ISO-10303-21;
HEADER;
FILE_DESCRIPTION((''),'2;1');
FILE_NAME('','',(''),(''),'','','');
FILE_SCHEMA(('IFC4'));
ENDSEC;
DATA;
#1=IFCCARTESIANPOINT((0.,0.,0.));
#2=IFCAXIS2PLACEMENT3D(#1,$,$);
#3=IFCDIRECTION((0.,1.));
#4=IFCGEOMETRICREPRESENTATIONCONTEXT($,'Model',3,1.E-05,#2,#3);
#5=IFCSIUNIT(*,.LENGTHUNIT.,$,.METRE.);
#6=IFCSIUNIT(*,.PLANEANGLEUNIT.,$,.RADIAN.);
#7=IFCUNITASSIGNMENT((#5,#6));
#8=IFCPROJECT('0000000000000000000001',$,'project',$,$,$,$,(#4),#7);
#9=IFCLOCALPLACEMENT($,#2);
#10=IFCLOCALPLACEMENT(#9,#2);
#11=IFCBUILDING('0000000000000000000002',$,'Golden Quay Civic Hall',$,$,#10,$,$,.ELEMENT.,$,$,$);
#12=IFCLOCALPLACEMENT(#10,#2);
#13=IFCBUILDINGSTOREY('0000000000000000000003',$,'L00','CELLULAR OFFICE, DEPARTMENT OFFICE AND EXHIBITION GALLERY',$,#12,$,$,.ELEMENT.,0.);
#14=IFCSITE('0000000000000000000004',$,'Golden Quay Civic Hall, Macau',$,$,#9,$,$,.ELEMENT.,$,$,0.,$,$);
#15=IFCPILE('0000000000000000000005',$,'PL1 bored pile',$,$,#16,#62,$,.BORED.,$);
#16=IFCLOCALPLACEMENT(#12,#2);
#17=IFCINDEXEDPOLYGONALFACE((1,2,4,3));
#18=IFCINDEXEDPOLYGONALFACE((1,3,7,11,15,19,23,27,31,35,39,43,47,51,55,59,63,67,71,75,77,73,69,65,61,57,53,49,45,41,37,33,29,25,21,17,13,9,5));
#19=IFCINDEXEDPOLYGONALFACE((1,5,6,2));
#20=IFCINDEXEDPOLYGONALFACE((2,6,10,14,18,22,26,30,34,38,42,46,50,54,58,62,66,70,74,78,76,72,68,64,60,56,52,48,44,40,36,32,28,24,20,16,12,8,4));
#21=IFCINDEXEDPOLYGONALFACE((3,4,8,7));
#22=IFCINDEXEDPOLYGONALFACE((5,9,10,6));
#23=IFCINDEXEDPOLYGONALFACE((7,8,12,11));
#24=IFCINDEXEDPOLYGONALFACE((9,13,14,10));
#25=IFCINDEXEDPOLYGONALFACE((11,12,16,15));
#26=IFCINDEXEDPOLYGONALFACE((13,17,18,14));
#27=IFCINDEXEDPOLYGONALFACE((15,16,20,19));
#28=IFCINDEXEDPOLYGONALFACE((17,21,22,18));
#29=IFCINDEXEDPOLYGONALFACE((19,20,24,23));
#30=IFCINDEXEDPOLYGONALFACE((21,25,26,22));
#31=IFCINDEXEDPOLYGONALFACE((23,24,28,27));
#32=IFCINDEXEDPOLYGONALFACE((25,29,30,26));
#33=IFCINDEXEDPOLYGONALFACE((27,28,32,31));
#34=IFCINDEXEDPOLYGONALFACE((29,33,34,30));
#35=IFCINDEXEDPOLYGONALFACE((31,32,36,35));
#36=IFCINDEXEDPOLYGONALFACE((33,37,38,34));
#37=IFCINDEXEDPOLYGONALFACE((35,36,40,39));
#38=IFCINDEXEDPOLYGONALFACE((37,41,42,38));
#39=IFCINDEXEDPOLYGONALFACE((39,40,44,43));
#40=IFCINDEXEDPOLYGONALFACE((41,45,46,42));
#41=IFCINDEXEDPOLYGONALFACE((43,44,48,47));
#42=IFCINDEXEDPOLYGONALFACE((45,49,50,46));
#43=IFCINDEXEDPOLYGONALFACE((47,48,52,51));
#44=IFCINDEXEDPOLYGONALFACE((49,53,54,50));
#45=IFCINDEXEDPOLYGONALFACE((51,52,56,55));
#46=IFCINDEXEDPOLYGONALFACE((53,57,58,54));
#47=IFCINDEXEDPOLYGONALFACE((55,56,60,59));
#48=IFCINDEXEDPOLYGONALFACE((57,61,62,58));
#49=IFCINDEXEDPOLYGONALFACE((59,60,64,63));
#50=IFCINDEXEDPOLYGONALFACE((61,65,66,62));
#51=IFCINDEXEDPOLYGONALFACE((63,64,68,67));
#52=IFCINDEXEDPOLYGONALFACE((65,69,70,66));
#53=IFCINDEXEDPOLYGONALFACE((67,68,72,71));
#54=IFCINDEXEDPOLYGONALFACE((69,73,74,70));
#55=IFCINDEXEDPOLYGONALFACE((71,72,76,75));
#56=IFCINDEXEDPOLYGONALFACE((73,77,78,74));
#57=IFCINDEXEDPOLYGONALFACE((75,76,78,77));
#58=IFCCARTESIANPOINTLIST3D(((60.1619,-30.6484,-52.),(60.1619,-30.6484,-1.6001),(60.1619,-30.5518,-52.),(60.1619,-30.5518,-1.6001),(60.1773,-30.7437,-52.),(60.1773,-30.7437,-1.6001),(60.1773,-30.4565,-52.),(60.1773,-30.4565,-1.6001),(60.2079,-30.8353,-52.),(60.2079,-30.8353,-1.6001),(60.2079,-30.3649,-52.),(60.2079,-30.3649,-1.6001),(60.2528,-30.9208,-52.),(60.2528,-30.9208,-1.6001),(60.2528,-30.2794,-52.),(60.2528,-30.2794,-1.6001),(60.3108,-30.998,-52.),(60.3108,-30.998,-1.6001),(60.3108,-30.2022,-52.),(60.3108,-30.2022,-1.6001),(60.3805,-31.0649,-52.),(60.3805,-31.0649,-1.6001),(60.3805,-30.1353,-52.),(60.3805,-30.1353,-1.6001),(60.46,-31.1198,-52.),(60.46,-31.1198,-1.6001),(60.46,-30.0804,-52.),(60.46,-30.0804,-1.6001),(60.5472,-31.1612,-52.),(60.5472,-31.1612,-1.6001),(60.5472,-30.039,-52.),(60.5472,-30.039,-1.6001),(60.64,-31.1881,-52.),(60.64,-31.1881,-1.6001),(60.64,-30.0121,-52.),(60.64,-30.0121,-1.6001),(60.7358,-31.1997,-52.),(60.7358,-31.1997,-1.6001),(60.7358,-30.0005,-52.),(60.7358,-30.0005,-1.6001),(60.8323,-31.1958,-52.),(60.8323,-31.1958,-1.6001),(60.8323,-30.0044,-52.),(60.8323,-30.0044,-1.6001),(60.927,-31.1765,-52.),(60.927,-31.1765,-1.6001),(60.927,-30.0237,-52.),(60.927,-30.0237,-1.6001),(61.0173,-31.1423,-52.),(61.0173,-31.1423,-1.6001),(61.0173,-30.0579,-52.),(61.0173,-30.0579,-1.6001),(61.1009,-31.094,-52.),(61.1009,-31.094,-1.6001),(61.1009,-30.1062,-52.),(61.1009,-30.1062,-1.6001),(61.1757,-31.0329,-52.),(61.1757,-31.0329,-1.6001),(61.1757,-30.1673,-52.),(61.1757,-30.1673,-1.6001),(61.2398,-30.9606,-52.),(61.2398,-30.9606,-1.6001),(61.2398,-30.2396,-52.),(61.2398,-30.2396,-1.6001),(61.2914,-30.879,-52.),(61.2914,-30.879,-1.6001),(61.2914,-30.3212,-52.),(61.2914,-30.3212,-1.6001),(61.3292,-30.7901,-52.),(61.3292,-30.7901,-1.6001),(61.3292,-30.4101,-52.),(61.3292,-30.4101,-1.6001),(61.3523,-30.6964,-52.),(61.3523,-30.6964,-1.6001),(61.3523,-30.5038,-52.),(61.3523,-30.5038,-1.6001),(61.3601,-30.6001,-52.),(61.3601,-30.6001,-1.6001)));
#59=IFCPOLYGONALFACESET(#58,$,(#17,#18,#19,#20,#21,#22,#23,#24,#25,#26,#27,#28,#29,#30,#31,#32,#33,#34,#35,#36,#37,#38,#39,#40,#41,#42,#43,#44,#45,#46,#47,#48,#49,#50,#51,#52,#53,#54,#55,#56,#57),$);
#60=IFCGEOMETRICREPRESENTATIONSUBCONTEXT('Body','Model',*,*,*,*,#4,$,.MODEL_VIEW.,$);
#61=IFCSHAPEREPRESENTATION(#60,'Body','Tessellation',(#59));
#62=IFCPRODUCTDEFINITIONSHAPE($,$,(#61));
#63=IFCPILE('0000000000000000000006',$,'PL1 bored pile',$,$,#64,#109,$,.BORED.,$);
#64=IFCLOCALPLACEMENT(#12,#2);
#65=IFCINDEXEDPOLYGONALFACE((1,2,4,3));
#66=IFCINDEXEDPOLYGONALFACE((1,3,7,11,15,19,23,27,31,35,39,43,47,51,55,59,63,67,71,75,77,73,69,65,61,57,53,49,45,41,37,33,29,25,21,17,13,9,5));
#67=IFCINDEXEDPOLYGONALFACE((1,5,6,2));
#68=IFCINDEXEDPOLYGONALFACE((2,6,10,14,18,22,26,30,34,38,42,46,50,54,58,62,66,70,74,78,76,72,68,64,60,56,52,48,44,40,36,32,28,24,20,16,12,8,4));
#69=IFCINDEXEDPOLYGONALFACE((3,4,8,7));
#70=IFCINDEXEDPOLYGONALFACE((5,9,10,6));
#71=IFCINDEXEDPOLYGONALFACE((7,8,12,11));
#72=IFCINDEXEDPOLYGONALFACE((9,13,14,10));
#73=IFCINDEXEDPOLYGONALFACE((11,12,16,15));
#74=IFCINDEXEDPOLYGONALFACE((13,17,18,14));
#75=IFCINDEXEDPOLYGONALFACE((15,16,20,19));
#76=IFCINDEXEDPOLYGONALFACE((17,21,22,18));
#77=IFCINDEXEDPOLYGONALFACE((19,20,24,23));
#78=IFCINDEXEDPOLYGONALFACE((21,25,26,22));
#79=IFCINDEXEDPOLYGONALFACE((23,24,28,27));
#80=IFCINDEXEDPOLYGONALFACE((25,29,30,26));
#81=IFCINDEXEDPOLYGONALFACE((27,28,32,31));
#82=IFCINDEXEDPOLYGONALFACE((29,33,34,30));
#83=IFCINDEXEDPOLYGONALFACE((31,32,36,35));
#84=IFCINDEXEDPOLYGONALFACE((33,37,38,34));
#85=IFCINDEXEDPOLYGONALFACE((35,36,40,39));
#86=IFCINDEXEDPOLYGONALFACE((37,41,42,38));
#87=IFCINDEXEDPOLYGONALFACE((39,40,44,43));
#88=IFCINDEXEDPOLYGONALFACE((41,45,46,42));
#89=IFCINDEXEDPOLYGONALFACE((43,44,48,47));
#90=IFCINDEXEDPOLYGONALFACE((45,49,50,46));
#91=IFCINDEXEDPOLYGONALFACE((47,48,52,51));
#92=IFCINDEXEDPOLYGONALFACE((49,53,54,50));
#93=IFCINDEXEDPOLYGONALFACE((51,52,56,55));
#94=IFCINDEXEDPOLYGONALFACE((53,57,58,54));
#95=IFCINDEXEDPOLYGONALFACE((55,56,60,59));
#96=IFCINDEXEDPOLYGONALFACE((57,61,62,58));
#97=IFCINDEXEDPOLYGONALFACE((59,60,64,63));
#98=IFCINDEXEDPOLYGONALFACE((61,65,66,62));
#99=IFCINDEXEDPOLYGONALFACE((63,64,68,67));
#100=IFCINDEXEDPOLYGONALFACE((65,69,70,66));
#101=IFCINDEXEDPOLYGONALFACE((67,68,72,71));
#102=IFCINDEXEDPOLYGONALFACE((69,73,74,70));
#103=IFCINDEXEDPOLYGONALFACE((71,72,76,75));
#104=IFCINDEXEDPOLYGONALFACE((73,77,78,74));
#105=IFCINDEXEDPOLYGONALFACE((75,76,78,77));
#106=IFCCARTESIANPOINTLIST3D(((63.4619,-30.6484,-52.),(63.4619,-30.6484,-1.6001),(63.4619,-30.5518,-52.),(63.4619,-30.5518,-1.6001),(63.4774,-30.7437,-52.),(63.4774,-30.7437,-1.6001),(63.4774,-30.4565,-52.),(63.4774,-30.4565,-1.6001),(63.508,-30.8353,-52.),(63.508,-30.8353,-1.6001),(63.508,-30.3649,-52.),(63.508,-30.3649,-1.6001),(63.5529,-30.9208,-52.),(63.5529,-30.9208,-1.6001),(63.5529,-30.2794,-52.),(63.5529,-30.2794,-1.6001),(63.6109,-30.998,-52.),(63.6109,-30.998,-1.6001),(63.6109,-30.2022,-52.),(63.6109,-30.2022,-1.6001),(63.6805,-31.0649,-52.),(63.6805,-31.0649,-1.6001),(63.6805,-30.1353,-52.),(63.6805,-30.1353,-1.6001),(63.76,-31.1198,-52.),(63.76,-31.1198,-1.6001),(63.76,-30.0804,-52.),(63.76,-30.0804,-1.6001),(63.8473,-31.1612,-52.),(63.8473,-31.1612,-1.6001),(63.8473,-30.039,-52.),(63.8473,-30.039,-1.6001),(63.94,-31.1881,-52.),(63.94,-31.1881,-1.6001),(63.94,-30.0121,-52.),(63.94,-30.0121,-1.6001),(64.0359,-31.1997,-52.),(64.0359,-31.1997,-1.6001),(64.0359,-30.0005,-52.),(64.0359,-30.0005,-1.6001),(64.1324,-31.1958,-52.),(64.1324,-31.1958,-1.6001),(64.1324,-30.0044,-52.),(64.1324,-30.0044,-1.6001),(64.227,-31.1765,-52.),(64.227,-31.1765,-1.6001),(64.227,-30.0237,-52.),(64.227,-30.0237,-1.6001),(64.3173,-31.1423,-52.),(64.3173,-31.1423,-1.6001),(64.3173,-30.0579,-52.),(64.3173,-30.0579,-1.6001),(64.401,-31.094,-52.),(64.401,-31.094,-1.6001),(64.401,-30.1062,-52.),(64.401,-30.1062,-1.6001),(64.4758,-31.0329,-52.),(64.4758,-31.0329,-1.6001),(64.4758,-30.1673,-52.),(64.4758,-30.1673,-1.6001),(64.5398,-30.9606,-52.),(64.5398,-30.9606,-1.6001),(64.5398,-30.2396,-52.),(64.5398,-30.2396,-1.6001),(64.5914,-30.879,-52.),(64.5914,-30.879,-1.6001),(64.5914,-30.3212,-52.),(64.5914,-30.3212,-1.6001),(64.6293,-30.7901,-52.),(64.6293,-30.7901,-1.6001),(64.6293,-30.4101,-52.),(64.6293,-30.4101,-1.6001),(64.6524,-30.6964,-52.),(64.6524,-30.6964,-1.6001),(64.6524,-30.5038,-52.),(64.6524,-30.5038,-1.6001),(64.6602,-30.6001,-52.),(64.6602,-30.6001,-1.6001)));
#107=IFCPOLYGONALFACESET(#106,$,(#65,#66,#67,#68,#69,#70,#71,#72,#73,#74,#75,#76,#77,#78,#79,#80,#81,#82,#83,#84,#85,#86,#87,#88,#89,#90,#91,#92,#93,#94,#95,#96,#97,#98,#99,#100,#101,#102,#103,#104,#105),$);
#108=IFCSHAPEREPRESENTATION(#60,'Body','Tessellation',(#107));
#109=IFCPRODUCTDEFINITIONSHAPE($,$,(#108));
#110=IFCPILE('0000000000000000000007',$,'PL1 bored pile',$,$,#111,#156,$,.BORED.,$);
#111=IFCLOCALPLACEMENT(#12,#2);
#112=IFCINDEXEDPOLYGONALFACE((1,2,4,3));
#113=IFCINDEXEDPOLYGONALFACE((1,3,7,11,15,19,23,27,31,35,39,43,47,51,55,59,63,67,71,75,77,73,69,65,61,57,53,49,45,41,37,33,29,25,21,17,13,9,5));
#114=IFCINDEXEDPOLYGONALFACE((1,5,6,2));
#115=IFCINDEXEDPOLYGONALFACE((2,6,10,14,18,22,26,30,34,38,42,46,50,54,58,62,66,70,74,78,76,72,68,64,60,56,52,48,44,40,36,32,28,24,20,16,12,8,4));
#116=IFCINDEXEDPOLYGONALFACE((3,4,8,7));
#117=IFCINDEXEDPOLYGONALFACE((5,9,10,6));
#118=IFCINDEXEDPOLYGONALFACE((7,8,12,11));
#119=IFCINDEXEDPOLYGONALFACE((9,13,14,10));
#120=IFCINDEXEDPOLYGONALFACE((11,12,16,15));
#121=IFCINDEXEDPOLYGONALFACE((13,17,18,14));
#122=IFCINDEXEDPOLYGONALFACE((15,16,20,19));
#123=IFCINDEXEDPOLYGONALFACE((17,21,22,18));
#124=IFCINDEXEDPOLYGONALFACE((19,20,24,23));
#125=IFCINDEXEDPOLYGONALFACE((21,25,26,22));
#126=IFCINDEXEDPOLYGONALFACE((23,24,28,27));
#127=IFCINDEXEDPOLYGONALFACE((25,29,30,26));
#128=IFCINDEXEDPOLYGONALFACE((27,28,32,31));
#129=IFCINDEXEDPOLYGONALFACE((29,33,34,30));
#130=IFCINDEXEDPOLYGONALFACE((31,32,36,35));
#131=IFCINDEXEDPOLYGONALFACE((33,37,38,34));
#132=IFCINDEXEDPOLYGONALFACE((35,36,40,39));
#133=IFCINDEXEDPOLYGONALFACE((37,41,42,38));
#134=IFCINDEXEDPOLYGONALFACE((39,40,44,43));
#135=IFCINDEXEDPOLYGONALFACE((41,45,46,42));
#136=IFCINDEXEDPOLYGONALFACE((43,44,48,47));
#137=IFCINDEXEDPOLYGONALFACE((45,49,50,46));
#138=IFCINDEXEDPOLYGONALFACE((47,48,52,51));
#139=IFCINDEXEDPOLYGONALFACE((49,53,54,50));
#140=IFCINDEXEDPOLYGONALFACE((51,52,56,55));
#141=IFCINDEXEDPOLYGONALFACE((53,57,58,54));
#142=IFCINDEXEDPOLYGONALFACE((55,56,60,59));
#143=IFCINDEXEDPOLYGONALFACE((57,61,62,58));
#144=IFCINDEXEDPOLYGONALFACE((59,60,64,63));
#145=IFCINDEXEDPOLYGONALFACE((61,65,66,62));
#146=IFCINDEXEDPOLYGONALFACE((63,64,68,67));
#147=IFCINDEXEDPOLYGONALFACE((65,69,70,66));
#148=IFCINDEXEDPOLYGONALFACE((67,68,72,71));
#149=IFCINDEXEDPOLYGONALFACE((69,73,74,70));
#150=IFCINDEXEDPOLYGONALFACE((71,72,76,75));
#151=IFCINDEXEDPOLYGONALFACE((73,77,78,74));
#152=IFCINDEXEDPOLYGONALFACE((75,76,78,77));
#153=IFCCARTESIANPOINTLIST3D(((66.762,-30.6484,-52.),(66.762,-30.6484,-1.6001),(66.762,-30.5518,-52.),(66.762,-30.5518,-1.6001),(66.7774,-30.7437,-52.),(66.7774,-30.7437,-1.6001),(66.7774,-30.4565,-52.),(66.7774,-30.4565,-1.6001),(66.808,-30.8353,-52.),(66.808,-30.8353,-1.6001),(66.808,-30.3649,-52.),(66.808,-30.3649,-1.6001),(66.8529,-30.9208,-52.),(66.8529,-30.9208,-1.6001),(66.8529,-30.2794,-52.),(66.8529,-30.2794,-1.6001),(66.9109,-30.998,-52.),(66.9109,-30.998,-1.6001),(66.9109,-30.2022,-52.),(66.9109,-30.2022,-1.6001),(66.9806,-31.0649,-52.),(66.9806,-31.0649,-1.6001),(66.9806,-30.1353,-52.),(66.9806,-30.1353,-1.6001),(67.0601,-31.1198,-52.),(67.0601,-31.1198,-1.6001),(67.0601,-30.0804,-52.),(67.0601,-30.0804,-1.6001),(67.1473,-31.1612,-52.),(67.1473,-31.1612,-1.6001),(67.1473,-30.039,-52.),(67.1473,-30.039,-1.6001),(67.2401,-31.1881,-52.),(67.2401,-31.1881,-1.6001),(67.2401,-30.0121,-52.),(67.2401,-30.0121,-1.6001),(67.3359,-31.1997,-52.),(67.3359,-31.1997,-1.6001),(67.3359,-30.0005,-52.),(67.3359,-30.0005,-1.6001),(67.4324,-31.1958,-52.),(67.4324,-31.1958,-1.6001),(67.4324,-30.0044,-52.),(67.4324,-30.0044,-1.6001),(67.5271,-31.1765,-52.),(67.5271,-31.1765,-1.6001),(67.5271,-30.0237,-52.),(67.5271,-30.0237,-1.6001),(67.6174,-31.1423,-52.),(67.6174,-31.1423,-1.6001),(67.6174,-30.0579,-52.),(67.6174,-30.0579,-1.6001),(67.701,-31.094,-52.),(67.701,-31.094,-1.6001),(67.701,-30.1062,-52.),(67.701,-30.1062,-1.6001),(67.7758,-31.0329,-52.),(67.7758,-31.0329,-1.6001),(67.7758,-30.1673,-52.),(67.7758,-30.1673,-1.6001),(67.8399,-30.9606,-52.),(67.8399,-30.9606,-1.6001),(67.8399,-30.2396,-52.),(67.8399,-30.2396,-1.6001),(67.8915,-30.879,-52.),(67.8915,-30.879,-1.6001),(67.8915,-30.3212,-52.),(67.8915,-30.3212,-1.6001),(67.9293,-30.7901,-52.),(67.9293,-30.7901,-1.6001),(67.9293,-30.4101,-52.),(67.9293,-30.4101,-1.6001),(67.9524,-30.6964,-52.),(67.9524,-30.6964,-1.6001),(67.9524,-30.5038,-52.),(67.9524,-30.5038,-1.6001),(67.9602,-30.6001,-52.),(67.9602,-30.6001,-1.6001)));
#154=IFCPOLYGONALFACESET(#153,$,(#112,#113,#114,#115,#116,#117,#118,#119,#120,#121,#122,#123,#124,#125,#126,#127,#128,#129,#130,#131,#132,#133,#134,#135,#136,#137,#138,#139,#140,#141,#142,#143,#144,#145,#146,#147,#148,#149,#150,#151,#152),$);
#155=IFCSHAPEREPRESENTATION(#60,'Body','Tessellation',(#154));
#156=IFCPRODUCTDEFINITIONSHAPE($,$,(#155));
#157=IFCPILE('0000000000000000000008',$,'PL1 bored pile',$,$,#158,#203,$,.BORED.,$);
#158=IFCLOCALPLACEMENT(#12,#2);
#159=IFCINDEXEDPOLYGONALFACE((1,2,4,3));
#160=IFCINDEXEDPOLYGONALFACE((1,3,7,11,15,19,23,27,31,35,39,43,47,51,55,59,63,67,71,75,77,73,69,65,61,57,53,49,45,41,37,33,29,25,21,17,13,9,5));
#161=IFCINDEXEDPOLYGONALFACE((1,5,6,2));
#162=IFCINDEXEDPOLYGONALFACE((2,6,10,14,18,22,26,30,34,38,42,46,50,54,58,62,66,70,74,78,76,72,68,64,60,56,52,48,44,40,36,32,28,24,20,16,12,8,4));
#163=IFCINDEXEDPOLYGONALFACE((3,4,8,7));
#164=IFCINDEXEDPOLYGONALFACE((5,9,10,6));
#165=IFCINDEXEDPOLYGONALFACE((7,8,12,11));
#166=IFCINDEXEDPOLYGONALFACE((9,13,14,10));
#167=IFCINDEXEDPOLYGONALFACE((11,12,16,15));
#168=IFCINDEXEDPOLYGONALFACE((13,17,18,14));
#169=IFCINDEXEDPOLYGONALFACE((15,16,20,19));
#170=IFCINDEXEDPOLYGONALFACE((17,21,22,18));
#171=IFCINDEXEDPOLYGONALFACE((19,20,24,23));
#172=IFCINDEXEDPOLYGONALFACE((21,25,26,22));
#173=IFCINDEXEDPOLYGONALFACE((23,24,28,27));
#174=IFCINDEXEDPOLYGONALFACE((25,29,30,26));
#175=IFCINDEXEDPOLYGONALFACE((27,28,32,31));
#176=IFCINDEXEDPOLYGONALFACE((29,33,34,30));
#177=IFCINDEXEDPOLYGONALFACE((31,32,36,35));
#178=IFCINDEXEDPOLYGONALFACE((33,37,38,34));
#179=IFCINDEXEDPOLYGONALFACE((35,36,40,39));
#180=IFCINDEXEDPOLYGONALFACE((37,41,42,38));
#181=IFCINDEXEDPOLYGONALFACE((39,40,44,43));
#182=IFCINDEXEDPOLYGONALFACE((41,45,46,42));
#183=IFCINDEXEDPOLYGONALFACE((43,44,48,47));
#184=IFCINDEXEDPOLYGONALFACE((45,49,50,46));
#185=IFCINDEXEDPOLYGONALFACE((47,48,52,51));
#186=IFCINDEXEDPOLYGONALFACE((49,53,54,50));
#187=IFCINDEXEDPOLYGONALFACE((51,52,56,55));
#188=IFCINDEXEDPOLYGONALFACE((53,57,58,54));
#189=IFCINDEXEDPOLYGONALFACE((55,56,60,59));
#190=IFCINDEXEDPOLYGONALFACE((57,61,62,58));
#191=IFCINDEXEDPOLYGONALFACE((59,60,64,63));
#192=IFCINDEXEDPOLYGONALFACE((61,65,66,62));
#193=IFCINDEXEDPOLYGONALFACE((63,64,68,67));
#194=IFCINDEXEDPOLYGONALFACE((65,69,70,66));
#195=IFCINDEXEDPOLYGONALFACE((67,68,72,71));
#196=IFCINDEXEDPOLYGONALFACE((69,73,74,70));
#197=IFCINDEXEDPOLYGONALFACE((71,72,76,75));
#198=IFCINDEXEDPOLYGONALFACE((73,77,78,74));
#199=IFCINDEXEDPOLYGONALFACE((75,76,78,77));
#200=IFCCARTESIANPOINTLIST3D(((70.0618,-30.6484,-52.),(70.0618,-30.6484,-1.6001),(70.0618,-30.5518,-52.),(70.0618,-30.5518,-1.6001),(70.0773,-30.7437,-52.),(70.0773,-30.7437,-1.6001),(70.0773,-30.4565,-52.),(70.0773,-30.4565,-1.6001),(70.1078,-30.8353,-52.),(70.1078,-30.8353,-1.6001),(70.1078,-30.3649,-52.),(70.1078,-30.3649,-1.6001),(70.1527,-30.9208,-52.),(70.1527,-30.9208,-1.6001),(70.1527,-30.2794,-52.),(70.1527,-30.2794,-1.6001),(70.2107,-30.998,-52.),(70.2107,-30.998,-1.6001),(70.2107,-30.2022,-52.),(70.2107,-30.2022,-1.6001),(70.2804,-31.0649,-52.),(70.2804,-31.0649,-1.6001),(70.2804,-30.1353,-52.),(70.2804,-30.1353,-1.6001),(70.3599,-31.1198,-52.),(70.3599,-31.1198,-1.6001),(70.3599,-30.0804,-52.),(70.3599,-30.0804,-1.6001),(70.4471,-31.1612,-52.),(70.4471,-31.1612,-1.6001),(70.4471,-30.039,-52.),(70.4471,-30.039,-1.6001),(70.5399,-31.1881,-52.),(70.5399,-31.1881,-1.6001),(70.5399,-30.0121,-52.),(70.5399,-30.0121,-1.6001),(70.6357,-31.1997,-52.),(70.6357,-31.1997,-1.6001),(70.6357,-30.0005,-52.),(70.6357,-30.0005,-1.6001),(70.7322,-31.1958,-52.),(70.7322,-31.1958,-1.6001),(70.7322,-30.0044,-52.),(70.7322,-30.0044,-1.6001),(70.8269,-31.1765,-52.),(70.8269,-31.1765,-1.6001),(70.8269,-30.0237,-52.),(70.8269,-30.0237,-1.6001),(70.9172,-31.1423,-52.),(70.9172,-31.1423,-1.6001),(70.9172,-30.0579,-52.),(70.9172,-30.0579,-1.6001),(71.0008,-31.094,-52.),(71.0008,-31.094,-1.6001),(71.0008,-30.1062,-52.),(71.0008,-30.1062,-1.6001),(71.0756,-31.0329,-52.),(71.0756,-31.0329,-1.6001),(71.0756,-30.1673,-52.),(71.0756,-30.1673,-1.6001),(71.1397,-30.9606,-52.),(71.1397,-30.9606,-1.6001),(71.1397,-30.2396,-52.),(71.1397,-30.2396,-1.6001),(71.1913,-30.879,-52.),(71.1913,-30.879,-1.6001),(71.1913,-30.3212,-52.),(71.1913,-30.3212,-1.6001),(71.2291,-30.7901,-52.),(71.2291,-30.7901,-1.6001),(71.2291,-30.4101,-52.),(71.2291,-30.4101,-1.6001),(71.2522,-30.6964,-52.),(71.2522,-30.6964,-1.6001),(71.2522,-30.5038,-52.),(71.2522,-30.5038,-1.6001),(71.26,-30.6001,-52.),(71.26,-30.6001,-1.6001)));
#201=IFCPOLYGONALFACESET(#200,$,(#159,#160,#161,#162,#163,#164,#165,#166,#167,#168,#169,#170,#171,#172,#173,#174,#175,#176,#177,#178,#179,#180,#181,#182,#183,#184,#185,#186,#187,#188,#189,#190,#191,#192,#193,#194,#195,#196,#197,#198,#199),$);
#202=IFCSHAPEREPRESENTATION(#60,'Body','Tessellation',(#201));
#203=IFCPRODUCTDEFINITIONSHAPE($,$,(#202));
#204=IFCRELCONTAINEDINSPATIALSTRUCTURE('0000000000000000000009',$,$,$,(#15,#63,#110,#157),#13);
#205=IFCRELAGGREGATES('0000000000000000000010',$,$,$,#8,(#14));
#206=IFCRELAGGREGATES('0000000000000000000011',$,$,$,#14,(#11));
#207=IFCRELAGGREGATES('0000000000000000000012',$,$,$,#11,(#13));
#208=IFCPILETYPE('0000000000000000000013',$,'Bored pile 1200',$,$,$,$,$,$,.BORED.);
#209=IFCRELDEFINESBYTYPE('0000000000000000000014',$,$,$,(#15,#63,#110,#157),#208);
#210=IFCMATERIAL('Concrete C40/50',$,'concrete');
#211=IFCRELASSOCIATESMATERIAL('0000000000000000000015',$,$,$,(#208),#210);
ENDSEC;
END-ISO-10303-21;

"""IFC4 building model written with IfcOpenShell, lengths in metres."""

from ifc_helpers import new_model, si_unit, direction, frame, origin, origin_2d, place, context, subcontext, project, spatial, circle, extrude, material, material_profile, profile_set, type_object, element, save


model = new_model("IFC4")

# Units and contexts
model_context = context("Model", 3, precision=1e-05, world=origin(), true_north=direction((0.0, 1.0)))
body_context = subcontext(model_context, "Body", "Model", "MODEL_VIEW")
ifc_project = project(units=[si_unit("LENGTHUNIT", "METRE"), si_unit("PLANEANGLEUNIT", "RADIAN")], contexts=[model_context])

# Site, building, storey
site_placement = place(None, origin())
site = spatial("IfcSite", under=ifc_project, at=site_placement, Name="Golden Quay Civic Hall, Macau", CompositionType="ELEMENT", RefElevation=0.0)
building_placement = place(site_placement, origin())
building = spatial("IfcBuilding", under=site, at=building_placement, Name="Golden Quay Civic Hall", CompositionType="ELEMENT")
storey_placement = place(building_placement, origin())
storey = spatial("IfcBuildingStorey", under=building, at=storey_placement, Name="L00", Description="CELLULAR OFFICE, DEPARTMENT OFFICE AND EXHIBITION GALLERY", CompositionType="ELEMENT", Elevation=0.0)

# Piles
ifc_material_1 = material(Name="Concrete C40/50", Category="concrete")
ifc_material_profile_1 = material_profile(ifc_material_1, circle(Radius=0.6001, at=origin_2d()), Name="RC D1200")
ifc_profile_set_1 = profile_set([ifc_material_profile_1], Name="Concrete C40/50")
pile_type = type_object("IfcPileType", Name="Bored pile 1200", PredefinedType="BORED", material=ifc_profile_set_1)
for number, where, z_axis, x_axis, name in (
    (1, (60.76, -30.6001, -1.6001), (0.0, 0.0, -1.0), (1.0, 0.0, 0.0), "PL1 bored pile"),
    (2, (64.0601, -30.6001, -1.6001), (0.0, 0.0, -1.0), (1.0, 0.0, 0.0), "PL1 bored pile"),
    (3, (67.3601, -30.6001, -1.6001), (0.0, 0.0, -1.0), (1.0, 0.0, 0.0), "PL1 bored pile"),
    (4, (70.6599, -30.6001, -1.6001), (0.0, 0.0, -1.0), (1.0, 0.0, 0.0), "PL1 bored pile"),
):
    element("IfcPile", number, at=place(storey_placement, frame(where, z_axis=z_axis, x_axis=x_axis)), inside=storey, type_object=pile_type, Name=name, PredefinedType="BORED", context=body_context, shape_type="SweptSolid", body=[
        extrude(circle(Radius=0.6001, at=origin_2d()), origin(), (0.0, 0.0, 1.0), 50.3999),
    ])

save(model, "model.ifc")
